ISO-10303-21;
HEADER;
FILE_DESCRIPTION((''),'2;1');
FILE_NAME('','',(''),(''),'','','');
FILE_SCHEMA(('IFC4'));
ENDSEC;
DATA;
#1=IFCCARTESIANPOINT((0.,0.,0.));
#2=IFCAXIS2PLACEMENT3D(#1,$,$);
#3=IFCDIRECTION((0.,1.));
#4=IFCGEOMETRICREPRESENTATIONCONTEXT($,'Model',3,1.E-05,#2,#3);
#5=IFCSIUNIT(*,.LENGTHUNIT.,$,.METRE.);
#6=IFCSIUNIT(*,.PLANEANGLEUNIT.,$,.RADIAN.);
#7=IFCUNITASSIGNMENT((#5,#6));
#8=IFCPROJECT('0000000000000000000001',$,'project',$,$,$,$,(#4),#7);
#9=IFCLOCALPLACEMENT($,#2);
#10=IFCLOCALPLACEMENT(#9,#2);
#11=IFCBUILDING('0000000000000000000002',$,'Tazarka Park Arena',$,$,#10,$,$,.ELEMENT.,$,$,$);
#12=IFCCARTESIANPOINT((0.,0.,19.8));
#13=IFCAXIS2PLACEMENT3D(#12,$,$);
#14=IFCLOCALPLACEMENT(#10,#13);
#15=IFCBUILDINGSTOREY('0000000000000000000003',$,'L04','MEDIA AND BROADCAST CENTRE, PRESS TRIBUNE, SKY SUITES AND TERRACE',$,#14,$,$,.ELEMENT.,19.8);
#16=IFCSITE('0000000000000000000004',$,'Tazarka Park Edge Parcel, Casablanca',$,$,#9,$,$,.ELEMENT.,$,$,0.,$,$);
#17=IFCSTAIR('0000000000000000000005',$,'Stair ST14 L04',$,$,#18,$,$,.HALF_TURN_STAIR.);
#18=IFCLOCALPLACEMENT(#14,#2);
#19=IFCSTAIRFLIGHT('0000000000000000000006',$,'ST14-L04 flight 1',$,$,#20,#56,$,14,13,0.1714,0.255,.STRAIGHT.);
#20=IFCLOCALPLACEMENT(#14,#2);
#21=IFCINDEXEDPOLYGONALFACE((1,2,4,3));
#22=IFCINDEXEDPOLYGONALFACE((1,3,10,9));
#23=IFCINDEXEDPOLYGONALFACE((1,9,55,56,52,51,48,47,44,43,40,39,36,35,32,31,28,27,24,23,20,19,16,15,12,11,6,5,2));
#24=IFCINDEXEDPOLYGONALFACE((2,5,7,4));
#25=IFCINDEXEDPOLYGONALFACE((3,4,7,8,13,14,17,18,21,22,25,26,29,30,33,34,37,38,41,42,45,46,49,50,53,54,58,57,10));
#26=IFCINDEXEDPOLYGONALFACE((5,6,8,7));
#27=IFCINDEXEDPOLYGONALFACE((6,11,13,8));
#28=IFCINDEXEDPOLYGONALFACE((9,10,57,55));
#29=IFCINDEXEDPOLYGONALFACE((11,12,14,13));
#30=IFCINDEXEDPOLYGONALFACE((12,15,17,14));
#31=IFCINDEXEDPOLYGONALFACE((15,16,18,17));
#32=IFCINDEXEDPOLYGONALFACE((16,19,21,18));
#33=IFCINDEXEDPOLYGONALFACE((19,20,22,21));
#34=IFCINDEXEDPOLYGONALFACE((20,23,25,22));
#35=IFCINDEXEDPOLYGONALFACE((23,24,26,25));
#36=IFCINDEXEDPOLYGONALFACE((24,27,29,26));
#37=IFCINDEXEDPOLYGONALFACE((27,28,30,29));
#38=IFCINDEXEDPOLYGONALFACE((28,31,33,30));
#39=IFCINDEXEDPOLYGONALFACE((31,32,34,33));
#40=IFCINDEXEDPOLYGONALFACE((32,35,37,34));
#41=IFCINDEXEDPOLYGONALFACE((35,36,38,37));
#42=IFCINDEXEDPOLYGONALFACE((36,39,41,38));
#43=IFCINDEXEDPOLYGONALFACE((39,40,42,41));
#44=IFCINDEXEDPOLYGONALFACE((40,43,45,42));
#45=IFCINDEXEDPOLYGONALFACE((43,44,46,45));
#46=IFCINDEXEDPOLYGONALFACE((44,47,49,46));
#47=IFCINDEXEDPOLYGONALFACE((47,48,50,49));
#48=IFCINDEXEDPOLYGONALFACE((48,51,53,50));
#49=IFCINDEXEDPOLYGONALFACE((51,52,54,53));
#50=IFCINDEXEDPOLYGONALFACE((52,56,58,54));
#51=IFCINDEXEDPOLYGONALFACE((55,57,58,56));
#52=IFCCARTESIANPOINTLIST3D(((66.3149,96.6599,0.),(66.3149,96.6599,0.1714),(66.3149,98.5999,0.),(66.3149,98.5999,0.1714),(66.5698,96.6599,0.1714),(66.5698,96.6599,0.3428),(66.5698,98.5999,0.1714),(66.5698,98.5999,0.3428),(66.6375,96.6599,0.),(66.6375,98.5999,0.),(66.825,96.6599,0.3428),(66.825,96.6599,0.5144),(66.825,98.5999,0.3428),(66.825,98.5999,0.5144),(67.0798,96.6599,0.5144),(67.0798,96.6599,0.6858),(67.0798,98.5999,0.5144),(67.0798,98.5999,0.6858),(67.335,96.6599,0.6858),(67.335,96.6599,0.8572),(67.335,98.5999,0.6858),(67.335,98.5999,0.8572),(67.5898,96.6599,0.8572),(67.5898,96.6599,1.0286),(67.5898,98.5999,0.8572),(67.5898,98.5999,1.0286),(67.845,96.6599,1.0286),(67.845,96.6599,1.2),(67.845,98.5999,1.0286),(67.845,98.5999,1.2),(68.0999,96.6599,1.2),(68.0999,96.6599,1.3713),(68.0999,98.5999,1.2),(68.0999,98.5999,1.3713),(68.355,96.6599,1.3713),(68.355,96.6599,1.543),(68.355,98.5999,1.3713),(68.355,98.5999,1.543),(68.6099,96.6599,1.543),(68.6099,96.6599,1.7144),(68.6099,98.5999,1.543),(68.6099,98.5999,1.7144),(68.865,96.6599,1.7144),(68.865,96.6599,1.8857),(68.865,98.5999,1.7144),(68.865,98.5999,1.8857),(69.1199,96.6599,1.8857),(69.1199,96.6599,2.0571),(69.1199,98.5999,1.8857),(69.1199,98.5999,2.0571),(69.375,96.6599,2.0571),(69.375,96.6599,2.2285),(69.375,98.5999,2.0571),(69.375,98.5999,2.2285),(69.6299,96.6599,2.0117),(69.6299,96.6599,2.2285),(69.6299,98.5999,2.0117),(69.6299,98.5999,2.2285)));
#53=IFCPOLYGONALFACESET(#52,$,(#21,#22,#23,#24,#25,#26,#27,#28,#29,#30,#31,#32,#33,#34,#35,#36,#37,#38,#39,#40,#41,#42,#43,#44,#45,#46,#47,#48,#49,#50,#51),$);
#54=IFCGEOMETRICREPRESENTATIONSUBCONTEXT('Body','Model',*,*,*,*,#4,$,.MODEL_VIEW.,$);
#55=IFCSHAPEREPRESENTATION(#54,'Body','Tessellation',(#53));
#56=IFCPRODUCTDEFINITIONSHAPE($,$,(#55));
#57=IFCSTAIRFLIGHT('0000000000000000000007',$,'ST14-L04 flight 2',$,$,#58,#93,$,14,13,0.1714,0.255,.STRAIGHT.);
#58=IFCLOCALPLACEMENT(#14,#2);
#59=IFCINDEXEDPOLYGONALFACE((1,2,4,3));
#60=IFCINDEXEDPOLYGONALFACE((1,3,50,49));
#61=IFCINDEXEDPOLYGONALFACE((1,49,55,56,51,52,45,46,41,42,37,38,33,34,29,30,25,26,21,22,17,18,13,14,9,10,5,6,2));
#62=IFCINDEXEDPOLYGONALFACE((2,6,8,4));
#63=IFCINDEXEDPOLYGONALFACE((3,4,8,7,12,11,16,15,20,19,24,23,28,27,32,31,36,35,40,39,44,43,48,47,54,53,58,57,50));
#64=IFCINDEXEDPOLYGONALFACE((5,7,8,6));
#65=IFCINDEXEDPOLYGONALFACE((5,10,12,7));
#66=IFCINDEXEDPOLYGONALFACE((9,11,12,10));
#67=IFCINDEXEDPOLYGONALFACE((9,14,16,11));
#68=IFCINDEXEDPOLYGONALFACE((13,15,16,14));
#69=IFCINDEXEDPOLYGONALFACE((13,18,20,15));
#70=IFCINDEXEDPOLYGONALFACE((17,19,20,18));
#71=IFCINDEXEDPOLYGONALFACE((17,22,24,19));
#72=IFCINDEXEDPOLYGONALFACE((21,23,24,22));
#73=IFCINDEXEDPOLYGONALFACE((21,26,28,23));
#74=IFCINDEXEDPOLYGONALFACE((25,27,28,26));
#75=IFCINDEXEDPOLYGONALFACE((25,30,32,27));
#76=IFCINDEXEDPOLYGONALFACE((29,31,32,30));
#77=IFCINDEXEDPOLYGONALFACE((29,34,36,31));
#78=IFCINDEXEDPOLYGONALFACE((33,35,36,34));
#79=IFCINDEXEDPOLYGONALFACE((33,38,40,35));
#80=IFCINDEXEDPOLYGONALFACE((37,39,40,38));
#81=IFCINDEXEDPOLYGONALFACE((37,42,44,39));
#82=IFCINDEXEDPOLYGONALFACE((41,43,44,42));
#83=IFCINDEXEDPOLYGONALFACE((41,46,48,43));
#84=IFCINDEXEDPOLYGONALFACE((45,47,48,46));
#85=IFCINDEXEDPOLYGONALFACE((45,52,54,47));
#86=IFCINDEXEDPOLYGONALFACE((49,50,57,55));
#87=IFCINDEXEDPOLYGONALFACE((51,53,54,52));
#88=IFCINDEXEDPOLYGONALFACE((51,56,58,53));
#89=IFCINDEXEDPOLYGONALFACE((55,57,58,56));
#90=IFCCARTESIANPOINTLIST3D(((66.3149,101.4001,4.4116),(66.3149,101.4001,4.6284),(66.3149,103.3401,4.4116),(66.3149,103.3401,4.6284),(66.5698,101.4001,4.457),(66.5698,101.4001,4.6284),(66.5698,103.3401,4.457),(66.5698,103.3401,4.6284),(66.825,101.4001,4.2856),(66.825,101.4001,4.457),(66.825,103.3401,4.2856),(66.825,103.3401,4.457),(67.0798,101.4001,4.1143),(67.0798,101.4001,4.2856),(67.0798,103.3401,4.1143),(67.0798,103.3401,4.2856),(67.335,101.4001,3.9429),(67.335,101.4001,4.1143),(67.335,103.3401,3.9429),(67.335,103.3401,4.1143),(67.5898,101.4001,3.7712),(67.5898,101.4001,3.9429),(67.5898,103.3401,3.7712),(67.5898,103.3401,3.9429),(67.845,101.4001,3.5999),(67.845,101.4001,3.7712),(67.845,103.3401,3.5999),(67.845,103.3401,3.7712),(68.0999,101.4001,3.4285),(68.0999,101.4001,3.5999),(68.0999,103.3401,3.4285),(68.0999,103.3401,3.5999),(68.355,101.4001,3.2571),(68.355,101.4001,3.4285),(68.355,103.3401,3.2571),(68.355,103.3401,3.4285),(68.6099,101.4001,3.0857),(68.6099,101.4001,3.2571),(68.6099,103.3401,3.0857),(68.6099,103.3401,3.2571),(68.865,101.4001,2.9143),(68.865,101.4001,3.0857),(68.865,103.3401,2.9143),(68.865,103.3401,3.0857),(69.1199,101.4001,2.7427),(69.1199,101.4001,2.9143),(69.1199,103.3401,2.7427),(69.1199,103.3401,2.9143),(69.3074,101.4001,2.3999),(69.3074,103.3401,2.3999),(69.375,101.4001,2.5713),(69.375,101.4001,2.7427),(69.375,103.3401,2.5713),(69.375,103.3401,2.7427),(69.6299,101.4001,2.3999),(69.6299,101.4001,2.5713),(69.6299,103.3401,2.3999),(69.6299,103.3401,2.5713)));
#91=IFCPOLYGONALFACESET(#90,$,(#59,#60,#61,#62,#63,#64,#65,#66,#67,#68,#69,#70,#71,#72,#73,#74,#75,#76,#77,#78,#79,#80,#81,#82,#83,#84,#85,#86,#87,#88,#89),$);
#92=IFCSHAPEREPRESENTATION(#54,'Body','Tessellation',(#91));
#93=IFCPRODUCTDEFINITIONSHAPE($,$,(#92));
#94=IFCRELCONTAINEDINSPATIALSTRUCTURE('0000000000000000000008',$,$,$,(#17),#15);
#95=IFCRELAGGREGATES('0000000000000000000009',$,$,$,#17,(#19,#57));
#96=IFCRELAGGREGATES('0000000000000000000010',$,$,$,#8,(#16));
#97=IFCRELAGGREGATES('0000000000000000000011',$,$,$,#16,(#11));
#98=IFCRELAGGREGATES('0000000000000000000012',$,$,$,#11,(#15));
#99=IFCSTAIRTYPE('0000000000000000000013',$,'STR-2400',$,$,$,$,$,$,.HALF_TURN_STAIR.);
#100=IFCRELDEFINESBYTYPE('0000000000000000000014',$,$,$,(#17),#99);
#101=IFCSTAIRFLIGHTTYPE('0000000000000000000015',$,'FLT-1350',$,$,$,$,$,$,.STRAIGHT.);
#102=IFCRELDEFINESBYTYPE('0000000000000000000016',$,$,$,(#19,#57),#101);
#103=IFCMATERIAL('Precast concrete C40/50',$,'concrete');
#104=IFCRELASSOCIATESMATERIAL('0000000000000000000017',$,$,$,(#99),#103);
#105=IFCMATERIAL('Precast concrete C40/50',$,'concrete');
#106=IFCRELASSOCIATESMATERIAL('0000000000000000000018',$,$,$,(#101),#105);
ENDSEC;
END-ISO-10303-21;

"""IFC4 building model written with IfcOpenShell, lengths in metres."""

from ifc_helpers import new_model, si_unit, direction, frame, origin, place, context, subcontext, project, spatial, polyline, outline, extrude, material, type_object, element, aggregate, save


model = new_model("IFC4")

# Units and contexts
model_context = context("Model", 3, precision=1e-05, world=origin(), true_north=direction((0.0, 1.0)))
body_context = subcontext(model_context, "Body", "Model", "MODEL_VIEW")
ifc_project = project(units=[si_unit("LENGTHUNIT", "METRE"), si_unit("PLANEANGLEUNIT", "RADIAN")], contexts=[model_context])

# Site, building, storey
site_placement = place(None, origin())
site = spatial("IfcSite", under=ifc_project, at=site_placement, Name="Tazarka Park Edge Parcel, Casablanca", CompositionType="ELEMENT", RefElevation=0.0)
building_placement = place(site_placement, origin())
building = spatial("IfcBuilding", under=site, at=building_placement, Name="Tazarka Park Arena", CompositionType="ELEMENT")
storey_placement = place(building_placement, frame((0.0, 0.0, 19.8)))
storey = spatial("IfcBuildingStorey", under=building, at=storey_placement, Name="L04", Description="MEDIA AND BROADCAST CENTRE, PRESS TRIBUNE, SKY SUITES AND TERRACE", CompositionType="ELEMENT", Elevation=19.8)

# Stair, stair flights
ifc_material_1 = material(Name="Precast concrete C40/50", Category="concrete")
stair_type = type_object("IfcStairType", Name="STR-2400", PredefinedType="HALF_TURN_STAIR", material=ifc_material_1)
stair_placement = place(storey_placement, origin())
stair = element("IfcStair", 1, at=stair_placement, inside=storey, type_object=stair_type, Name="Stair ST14 L04", PredefinedType="HALF_TURN_STAIR")
ifc_material_2 = material(Name="Precast concrete C40/50", Category="concrete")
stair_flight_type = type_object("IfcStairFlightType", Name="FLT-1350", PredefinedType="STRAIGHT", material=ifc_material_2)
stair_flight_1_placement = place(storey_placement, frame((66.3149, 97.6299, 0.0), z_axis=(0.0, 0.0, 1.0), x_axis=(1.0, 0.0, 0.0)))
stair_flight_1 = element("IfcStairFlight", 2, at=stair_flight_1_placement, type_object=stair_flight_type, Name="ST14-L04 flight 1", NumberOfRisers=14, NumberOfTreads=13, PredefinedType="STRAIGHT", RiserHeight=0.1714, TreadLength=0.255, context=body_context, shape_type="SweptSolid", body=[
    extrude(outline(polyline([(0.0, 0.0), (0.0, 0.1714), (0.2549, 0.1714), (0.2549, 0.3428), (0.51, 0.3428), (0.51, 0.5144), (0.7649, 0.5144), (0.7649, 0.6858), (1.02, 0.6858), (1.02, 0.8572), (1.2749, 0.8572), (1.2749, 1.0286), (1.53, 1.0286), (1.53, 1.2), (1.7849, 1.2), (1.7849, 1.3713), (2.04, 1.3713), (2.04, 1.543), (2.2949, 1.543), (2.2949, 1.7144), (2.55, 1.7144), (2.55, 1.8857), (2.8049, 1.8857), (2.8049, 2.0571), (3.0601, 2.0571), (3.0601, 2.2285), (3.3149, 2.2285), (3.3149, 2.3999), (3.3149, 2.0117), (0.3225, 0.0), (0.0, 0.0)])), frame((0.0, 0.97, 0.0), z_axis=(0.0, -1.0, 0.0), x_axis=(1.0, 0.0, 0.0)), (0.0, 0.0, 1.0), 1.9399),
])
stair_flight_2_placement = place(storey_placement, frame((69.6299, 102.3701, 2.3999), z_axis=(0.0, 0.0, 1.0), x_axis=(-1.0, 0.0, 0.0)))
stair_flight_2 = element("IfcStairFlight", 3, at=stair_flight_2_placement, type_object=stair_flight_type, Name="ST14-L04 flight 2", NumberOfRisers=14, NumberOfTreads=13, PredefinedType="STRAIGHT", RiserHeight=0.1714, TreadLength=0.255, context=body_context, shape_type="SweptSolid", body=[
    extrude(outline(polyline([(0.0, 0.0), (0.0, 0.1714), (0.2549, 0.1714), (0.2549, 0.3428), (0.51, 0.3428), (0.51, 0.5144), (0.7649, 0.5144), (0.7649, 0.6858), (1.02, 0.6858), (1.02, 0.8572), (1.2749, 0.8572), (1.2749, 1.0286), (1.53, 1.0286), (1.53, 1.2), (1.7849, 1.2), (1.7849, 1.3713), (2.04, 1.3713), (2.04, 1.543), (2.2949, 1.543), (2.2949, 1.7144), (2.55, 1.7144), (2.55, 1.8857), (2.8049, 1.8857), (2.8049, 2.0571), (3.0601, 2.0571), (3.0601, 2.2285), (3.3149, 2.2285), (3.3149, 2.3999), (3.3149, 2.0117), (0.3225, 0.0), (0.0, 0.0)])), frame((0.0, 0.97, 0.0), z_axis=(0.0, -1.0, 0.0), x_axis=(1.0, 0.0, 0.0)), (0.0, 0.0, 1.0), 1.9399),
])
aggregate(stair, [stair_flight_1, stair_flight_2])

save(model, "model.ifc")
